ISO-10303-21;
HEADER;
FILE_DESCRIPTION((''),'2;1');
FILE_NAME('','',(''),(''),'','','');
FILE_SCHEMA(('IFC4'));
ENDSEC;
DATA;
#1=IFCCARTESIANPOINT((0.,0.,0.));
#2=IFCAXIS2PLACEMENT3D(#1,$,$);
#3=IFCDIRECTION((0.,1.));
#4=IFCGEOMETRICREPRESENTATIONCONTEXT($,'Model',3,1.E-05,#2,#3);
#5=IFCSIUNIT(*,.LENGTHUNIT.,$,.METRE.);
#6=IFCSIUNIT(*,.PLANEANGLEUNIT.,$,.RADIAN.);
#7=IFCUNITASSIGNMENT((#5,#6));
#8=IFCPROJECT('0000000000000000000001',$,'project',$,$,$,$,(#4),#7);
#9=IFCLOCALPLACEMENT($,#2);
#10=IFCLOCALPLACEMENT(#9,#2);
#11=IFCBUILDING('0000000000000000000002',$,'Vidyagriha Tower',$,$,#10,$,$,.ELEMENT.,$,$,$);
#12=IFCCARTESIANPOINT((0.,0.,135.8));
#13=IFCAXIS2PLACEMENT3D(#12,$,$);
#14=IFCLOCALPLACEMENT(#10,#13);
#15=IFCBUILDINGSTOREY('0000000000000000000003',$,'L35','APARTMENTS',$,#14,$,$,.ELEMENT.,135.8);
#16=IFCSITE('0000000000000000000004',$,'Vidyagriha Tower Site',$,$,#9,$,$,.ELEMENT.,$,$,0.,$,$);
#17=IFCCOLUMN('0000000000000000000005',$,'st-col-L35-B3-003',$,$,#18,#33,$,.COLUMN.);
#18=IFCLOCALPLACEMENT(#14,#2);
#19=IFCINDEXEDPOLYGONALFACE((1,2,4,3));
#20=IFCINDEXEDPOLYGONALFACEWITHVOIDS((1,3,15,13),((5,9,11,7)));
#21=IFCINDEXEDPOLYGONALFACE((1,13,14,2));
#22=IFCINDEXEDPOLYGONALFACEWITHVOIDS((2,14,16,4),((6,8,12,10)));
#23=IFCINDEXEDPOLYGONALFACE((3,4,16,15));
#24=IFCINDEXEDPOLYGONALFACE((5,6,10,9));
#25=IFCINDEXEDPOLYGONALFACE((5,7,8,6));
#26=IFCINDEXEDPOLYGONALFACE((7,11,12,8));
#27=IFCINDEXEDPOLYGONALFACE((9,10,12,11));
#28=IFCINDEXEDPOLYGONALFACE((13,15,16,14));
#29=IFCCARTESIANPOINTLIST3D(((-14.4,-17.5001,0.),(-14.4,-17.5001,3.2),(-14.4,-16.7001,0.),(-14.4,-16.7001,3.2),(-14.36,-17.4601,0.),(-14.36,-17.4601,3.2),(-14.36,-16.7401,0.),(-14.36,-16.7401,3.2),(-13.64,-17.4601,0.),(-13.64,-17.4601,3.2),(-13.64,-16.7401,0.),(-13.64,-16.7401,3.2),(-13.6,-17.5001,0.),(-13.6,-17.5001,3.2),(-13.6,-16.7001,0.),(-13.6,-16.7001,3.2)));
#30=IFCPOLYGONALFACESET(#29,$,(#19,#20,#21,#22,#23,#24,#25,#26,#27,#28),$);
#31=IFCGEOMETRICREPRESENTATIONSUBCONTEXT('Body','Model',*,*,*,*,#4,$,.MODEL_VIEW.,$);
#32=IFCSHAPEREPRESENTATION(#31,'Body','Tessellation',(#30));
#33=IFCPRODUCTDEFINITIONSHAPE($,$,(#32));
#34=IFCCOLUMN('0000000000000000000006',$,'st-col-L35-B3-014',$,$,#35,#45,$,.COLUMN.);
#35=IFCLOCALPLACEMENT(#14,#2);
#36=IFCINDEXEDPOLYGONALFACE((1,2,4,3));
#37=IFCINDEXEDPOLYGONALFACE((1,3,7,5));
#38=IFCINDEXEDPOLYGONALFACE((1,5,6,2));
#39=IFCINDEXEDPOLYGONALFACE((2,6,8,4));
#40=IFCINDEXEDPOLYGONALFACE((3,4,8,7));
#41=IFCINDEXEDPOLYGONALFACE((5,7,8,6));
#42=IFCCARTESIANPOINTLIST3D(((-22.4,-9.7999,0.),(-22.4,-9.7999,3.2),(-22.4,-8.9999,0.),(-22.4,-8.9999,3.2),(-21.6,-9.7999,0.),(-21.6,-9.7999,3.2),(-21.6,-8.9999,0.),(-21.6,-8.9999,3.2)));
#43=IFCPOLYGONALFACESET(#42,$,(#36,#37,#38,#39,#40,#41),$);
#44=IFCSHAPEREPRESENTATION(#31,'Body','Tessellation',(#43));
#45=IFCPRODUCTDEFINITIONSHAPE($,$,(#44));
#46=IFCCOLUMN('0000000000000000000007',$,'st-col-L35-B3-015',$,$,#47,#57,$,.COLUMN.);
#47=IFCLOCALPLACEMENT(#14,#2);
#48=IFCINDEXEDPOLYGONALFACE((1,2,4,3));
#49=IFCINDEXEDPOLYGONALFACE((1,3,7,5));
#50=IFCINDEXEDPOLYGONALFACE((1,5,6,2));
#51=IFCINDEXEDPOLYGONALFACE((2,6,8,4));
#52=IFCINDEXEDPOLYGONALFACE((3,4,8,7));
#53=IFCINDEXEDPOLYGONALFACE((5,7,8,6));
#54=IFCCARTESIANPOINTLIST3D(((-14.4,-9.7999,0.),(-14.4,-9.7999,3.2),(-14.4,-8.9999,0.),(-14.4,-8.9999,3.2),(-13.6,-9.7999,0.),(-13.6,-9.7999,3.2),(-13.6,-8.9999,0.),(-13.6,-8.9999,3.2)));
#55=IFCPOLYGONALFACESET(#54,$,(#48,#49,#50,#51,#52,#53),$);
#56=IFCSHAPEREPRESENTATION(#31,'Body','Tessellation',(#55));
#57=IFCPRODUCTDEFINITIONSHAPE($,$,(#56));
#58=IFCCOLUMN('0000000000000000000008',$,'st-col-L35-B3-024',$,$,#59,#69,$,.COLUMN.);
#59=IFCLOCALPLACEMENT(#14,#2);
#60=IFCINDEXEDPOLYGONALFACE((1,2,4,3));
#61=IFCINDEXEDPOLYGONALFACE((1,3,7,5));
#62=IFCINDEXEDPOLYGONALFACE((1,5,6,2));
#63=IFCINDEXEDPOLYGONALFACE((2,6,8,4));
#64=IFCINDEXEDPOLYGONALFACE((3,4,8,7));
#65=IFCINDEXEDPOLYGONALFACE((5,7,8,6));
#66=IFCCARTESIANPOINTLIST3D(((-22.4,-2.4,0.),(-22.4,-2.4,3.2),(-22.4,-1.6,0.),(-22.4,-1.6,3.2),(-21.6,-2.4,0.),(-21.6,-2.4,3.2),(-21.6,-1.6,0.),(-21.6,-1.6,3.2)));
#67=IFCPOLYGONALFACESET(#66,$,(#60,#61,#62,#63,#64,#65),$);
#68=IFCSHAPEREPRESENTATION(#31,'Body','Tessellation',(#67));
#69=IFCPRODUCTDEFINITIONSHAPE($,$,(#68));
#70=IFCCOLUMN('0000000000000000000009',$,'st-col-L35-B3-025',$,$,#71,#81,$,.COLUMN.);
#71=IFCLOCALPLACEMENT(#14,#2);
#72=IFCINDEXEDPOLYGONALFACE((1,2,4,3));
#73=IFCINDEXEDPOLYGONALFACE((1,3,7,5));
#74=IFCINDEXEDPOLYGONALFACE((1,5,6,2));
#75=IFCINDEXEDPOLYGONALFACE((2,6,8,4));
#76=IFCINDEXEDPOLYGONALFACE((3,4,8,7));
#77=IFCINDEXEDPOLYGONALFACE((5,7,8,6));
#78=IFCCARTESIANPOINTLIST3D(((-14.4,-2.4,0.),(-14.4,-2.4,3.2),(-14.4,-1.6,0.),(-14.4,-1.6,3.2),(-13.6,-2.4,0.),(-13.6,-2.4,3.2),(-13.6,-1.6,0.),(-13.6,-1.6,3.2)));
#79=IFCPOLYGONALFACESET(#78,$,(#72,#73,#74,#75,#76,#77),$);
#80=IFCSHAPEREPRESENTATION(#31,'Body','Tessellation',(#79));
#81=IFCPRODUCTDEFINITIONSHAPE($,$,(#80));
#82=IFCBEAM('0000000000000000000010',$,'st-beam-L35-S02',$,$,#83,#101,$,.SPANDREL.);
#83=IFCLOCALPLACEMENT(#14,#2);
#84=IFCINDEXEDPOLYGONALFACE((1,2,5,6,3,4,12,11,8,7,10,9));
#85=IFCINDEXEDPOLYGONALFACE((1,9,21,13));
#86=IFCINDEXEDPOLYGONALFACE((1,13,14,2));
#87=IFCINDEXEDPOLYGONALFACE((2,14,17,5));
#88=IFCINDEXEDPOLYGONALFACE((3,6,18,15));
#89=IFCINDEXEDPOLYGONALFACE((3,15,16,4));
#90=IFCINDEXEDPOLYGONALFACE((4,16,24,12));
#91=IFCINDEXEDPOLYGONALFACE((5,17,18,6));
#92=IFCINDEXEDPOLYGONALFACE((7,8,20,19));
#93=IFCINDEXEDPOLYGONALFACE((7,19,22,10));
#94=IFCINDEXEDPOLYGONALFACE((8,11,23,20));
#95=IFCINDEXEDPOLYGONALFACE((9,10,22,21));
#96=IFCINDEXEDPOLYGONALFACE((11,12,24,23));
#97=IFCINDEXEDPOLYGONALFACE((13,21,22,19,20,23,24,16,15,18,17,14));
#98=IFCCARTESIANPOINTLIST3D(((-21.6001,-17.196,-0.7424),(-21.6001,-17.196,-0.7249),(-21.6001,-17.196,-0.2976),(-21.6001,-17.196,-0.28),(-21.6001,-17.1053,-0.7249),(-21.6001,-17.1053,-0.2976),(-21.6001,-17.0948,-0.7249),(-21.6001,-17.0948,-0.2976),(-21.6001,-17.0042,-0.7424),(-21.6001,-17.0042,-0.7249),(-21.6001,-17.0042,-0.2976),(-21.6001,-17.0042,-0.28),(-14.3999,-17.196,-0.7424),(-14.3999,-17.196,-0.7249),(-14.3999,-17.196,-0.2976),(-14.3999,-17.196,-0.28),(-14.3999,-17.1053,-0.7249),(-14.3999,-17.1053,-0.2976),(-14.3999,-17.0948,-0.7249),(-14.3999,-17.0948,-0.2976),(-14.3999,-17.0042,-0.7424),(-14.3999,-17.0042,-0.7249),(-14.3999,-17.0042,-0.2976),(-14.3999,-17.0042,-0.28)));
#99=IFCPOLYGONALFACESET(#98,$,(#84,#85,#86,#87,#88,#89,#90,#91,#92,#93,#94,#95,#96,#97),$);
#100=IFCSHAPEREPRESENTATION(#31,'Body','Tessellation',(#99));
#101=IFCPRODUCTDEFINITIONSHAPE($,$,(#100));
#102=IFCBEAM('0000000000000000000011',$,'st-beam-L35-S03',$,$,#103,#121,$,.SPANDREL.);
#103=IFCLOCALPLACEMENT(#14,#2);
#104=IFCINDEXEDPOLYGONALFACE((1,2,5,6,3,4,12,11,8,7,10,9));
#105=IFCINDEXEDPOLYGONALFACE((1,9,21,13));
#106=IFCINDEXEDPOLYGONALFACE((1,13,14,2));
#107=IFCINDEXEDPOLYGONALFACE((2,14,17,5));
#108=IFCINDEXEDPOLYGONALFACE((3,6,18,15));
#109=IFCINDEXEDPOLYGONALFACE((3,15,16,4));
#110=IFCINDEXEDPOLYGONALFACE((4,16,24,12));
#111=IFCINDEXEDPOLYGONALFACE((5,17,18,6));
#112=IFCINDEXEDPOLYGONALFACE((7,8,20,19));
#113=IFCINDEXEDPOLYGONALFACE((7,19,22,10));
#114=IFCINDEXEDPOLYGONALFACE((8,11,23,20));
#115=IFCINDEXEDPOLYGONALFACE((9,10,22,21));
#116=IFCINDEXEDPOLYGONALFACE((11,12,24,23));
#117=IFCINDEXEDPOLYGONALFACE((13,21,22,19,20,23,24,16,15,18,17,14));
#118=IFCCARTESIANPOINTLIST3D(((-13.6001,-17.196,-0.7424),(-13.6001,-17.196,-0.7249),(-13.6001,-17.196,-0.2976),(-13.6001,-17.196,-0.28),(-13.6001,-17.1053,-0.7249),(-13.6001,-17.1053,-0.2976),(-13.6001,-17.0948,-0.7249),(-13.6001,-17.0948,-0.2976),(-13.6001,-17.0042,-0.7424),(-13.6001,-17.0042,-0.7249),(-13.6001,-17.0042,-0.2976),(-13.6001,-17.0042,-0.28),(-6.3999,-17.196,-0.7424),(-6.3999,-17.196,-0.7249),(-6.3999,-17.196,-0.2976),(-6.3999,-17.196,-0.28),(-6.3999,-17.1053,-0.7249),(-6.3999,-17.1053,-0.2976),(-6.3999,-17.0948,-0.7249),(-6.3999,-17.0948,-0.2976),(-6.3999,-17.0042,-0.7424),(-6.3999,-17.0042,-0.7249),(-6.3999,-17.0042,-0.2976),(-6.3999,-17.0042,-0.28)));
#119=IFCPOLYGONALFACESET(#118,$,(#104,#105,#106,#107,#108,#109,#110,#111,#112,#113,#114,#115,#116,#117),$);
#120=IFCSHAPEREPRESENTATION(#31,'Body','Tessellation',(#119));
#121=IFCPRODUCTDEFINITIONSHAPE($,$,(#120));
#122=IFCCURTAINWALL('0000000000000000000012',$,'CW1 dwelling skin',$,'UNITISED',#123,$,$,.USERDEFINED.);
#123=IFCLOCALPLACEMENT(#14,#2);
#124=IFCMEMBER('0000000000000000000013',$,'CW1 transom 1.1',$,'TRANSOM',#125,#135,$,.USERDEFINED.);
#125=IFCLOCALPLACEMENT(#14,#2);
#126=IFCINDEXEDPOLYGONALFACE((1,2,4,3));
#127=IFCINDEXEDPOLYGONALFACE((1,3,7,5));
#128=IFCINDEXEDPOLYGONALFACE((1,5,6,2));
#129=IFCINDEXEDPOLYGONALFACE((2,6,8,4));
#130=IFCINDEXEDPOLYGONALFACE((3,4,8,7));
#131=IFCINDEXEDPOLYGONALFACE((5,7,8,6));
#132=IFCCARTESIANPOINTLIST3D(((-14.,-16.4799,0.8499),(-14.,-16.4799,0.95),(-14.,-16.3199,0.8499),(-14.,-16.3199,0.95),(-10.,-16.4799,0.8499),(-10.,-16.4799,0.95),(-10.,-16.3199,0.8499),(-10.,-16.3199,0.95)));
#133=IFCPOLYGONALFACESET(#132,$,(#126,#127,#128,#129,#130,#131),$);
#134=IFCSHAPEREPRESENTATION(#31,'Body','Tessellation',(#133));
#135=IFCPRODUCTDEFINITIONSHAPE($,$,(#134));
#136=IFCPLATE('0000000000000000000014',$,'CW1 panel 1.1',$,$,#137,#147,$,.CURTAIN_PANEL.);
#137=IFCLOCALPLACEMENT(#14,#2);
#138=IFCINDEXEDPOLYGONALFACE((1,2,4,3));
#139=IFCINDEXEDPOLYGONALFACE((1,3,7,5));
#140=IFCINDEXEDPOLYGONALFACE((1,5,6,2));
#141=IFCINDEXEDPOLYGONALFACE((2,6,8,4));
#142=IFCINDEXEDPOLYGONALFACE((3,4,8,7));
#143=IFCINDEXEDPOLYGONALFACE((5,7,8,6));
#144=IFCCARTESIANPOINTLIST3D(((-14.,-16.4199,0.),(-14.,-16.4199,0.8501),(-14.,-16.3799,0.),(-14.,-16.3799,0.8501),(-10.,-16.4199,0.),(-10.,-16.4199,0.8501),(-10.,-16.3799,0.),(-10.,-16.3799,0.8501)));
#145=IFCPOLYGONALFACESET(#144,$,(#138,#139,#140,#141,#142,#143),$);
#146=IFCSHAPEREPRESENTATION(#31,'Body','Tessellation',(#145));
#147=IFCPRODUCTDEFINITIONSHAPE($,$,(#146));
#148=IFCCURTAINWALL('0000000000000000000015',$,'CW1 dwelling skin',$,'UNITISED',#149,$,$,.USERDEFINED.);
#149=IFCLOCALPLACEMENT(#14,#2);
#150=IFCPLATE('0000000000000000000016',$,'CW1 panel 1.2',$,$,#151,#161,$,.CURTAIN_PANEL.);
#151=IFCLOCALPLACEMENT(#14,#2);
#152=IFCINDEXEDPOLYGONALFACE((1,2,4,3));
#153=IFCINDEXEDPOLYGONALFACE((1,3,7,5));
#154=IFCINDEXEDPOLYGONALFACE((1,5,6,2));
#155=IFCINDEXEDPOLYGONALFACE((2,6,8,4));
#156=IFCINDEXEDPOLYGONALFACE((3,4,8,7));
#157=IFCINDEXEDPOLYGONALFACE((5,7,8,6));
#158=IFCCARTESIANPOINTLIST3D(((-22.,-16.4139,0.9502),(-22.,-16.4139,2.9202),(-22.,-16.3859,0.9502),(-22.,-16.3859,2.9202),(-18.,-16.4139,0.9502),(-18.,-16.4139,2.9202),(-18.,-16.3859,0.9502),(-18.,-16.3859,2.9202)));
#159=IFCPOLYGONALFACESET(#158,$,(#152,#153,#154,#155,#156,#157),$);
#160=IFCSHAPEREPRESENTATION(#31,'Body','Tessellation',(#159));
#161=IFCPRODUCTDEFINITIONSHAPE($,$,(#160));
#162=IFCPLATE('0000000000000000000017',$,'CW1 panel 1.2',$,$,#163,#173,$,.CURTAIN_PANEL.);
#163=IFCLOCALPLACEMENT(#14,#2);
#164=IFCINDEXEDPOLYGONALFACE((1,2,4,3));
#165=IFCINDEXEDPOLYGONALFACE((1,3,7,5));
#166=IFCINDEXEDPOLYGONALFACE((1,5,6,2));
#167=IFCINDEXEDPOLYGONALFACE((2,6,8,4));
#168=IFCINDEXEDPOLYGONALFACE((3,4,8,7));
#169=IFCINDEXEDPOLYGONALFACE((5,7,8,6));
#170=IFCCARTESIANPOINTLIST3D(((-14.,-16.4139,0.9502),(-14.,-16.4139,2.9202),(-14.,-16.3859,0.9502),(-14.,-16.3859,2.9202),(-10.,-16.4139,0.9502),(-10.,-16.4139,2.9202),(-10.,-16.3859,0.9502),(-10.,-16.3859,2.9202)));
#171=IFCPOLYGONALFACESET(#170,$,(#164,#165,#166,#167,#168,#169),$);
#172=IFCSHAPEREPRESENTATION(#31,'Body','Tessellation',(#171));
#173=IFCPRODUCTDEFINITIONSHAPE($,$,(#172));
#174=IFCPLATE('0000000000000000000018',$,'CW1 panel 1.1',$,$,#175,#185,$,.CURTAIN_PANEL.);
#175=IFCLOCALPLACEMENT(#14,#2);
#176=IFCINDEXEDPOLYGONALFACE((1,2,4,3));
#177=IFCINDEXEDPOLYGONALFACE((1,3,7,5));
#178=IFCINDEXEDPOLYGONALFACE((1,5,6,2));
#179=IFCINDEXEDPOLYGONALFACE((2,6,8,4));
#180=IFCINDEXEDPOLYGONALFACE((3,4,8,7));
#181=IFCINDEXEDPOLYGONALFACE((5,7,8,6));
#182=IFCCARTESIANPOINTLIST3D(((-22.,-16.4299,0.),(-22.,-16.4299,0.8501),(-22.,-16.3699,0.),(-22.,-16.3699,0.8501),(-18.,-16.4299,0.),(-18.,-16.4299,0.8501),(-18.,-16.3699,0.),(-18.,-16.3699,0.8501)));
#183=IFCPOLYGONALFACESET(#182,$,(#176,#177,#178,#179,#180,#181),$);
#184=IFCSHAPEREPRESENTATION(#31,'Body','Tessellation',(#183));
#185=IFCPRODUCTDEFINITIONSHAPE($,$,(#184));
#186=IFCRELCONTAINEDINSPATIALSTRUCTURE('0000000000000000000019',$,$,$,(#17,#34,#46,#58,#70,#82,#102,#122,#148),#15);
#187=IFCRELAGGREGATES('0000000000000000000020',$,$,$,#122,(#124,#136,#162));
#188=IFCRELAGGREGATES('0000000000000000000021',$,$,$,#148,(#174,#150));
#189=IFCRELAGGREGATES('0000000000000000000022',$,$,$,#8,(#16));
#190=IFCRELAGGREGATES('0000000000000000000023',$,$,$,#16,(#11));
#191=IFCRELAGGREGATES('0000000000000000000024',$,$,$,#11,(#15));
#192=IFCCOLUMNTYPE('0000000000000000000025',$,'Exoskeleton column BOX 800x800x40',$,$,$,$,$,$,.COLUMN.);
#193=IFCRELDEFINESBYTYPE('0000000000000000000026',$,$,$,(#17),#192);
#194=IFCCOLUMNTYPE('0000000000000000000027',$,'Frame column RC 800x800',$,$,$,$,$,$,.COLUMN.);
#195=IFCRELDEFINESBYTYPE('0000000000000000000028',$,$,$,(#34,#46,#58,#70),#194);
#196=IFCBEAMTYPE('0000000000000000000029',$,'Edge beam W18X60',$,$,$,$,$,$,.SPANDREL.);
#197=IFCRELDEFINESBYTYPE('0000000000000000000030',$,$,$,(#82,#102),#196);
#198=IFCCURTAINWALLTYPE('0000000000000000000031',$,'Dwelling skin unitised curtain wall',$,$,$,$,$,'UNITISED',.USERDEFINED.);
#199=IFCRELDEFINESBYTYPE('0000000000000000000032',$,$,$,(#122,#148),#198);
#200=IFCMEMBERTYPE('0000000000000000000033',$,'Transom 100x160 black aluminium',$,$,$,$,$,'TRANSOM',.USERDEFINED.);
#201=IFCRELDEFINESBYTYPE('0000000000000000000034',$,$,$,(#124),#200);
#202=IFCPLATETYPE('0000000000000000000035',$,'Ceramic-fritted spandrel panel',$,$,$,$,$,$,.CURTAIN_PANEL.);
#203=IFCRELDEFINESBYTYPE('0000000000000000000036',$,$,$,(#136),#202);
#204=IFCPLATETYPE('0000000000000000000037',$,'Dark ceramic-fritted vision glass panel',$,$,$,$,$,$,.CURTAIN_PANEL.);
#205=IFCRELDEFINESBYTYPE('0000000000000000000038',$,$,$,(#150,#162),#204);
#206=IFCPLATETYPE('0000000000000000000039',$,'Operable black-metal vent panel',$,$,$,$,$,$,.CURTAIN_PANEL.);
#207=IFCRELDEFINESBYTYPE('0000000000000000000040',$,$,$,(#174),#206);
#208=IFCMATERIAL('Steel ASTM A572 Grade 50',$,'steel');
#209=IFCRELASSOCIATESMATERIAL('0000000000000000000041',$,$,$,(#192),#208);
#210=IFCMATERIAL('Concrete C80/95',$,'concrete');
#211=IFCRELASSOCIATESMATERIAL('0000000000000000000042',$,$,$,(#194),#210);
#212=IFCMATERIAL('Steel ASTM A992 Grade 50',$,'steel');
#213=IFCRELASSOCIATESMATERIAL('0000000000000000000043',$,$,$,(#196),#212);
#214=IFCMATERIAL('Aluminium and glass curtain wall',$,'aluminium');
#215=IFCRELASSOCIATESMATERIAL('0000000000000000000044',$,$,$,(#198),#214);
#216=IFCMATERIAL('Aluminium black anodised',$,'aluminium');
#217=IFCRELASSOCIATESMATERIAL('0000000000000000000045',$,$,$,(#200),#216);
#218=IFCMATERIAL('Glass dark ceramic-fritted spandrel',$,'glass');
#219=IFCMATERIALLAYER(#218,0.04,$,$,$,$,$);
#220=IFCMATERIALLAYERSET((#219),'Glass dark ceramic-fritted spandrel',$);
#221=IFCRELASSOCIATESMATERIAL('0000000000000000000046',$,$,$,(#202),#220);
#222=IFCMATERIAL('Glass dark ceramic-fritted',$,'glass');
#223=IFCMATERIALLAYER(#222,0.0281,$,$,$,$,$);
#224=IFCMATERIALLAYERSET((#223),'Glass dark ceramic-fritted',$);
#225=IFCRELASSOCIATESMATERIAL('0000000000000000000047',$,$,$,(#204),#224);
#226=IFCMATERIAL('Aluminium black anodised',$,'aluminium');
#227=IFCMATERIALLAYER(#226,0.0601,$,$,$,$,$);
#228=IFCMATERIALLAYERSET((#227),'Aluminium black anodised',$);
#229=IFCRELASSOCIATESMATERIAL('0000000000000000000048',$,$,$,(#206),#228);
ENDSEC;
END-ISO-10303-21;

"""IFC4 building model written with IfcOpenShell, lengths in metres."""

from ifc_helpers import new_model, si_unit, direction, frame, origin, origin_2d, place, context, subcontext, project, spatial, rectangle, hollow_rectangle, i_section, extrude, material, layer, layer_set, material_profile, profile_set, type_object, element, aggregate, save


model = new_model("IFC4")

# Units and contexts
model_context = context("Model", 3, precision=1e-05, world=origin(), true_north=direction((0.0, 1.0)))
body_context = subcontext(model_context, "Body", "Model", "MODEL_VIEW")
ifc_project = project(units=[si_unit("LENGTHUNIT", "METRE"), si_unit("PLANEANGLEUNIT", "RADIAN")], contexts=[model_context])

# Site, building, storey
site_placement = place(None, origin())
site = spatial("IfcSite", under=ifc_project, at=site_placement, Name="Vidyagriha Tower Site", CompositionType="ELEMENT", RefElevation=0.0)
building_placement = place(site_placement, origin())
building = spatial("IfcBuilding", under=site, at=building_placement, Name="Vidyagriha Tower", CompositionType="ELEMENT")
storey_placement = place(building_placement, frame((0.0, 0.0, 135.8)))
storey = spatial("IfcBuildingStorey", under=building, at=storey_placement, Name="L35", Description="APARTMENTS", CompositionType="ELEMENT", Elevation=135.8)

# Columns
ifc_material_1 = material(Name="Steel ASTM A572 Grade 50", Category="steel")
ifc_material_profile_1 = material_profile(ifc_material_1, hollow_rectangle(XDim=0.8, YDim=0.8, WallThickness=0.04, at=origin_2d()), Name="BOX 800x800x40")
ifc_profile_set_1 = profile_set([ifc_material_profile_1], Name="Steel ASTM A572 Grade 50")
column_type_1 = type_object("IfcColumnType", Name="Exoskeleton column BOX 800x800x40", PredefinedType="COLUMN", material=ifc_profile_set_1)
column_placement = place(storey_placement, frame((-14.0, -17.1001, 0.0)))
element("IfcColumn", 1, at=column_placement, inside=storey, type_object=column_type_1, Name="st-col-L35-B3-003", PredefinedType="COLUMN", context=body_context, shape_type="SweptSolid", body=[
    extrude(hollow_rectangle(XDim=0.8, YDim=0.8, WallThickness=0.04, at=origin_2d()), origin(), (0.0, 0.0, 1.0), 3.2),
])
ifc_material_2 = material(Name="Concrete C80/95", Category="concrete")
ifc_material_profile_2 = material_profile(ifc_material_2, rectangle(XDim=0.8, YDim=0.8, at=origin_2d()), Name="RC 800x800")
ifc_profile_set_2 = profile_set([ifc_material_profile_2], Name="Concrete C80/95")
column_type_2 = type_object("IfcColumnType", Name="Frame column RC 800x800", PredefinedType="COLUMN", material=ifc_profile_set_2)
for number, where, name in (
    (2, (-22.0, -9.3999, 0.0), "st-col-L35-B3-014"),
    (3, (-14.0, -9.3999, 0.0), "st-col-L35-B3-015"),
    (4, (-22.0, -2.0, 0.0), "st-col-L35-B3-024"),
    (5, (-14.0, -2.0, 0.0), "st-col-L35-B3-025"),
):
    element("IfcColumn", number, at=place(storey_placement, frame(where)), inside=storey, type_object=column_type_2, Name=name, PredefinedType="COLUMN", context=body_context, shape_type="SweptSolid", body=[
        extrude(rectangle(XDim=0.8, YDim=0.8, at=origin_2d()), origin(), (0.0, 0.0, 1.0), 3.2),
    ])

# Beams
ifc_material_3 = material(Name="Steel ASTM A992 Grade 50", Category="steel")
ifc_material_profile_3 = material_profile(ifc_material_3, i_section(OverallWidth=0.1919, OverallDepth=0.4624, WebThickness=0.0105, FlangeThickness=0.0176, at=origin_2d()), Name="W18X60")
ifc_profile_set_3 = profile_set([ifc_material_profile_3], Name="Steel ASTM A992 Grade 50")
beam_type = type_object("IfcBeamType", Name="Edge beam W18X60", PredefinedType="SPANDREL", material=ifc_profile_set_3)
for number, where, z_axis, x_axis, name in (
    (6, (-21.6001, -17.1001, -0.5112), (1.0, 0.0, 0.0), (0.0, 1.0, 0.0), "st-beam-L35-S02"),
    (7, (-13.6001, -17.1001, -0.5112), (1.0, 0.0, 0.0), (0.0, 1.0, 0.0), "st-beam-L35-S03"),
):
    element("IfcBeam", number, at=place(storey_placement, frame(where, z_axis=z_axis, x_axis=x_axis)), inside=storey, type_object=beam_type, Name=name, PredefinedType="SPANDREL", context=body_context, shape_type="SweptSolid", body=[
        extrude(i_section(OverallWidth=0.1919, OverallDepth=0.4624, WebThickness=0.0105, FlangeThickness=0.0176, at=origin_2d()), origin(), (0.0, 0.0, 1.0), 7.2002),
    ])

# Curtain wall, member, plate
ifc_material_4 = material(Name="Aluminium and glass curtain wall", Category="aluminium")
curtain_wall_type = type_object("IfcCurtainWallType", Name="Dwelling skin unitised curtain wall", ElementType="UNITISED", PredefinedType="USERDEFINED", material=ifc_material_4)
curtain_wall_1_placement = place(storey_placement, origin())
curtain_wall_1 = element("IfcCurtainWall", 8, at=curtain_wall_1_placement, inside=storey, type_object=curtain_wall_type, Name="CW1 dwelling skin", ObjectType="UNITISED", PredefinedType="USERDEFINED")
ifc_material_5 = material(Name="Aluminium black anodised", Category="aluminium")
ifc_material_profile_4 = material_profile(ifc_material_5, rectangle(XDim=0.1599, YDim=0.1001, at=origin_2d()), Name="Transom 100x160 black aluminium")
ifc_profile_set_4 = profile_set([ifc_material_profile_4], Name="Aluminium black anodised")
member_type = type_object("IfcMemberType", Name="Transom 100x160 black aluminium", ElementType="TRANSOM", PredefinedType="USERDEFINED", material=ifc_profile_set_4)
member_placement = place(storey_placement, frame((-14.0, -16.3999, 0.8999), z_axis=(1.0, 0.0, 0.0), x_axis=(0.0, 1.0, 0.0)))
member = element("IfcMember", 9, at=member_placement, type_object=member_type, Name="CW1 transom 1.1", ObjectType="TRANSOM", PredefinedType="USERDEFINED", context=body_context, shape_type="SweptSolid", body=[
    extrude(rectangle(XDim=0.1599, YDim=0.1001, at=origin_2d()), origin(), (0.0, 0.0, 1.0), 4.0),
])
ifc_material_6 = material(Name="Glass dark ceramic-fritted spandrel", Category="glass")
ifc_layer_1 = layer(ifc_material_6, 0.04)
ifc_layer_set_1 = layer_set([ifc_layer_1], Name="Glass dark ceramic-fritted spandrel")
plate_type_1 = type_object("IfcPlateType", Name="Ceramic-fritted spandrel panel", PredefinedType="CURTAIN_PANEL", material=ifc_layer_set_1)
plate_1_placement = place(storey_placement, frame((-12.0, -16.3999, 0.0)))
plate_1 = element("IfcPlate", 10, at=plate_1_placement, type_object=plate_type_1, Name="CW1 panel 1.1", PredefinedType="CURTAIN_PANEL", context=body_context, shape_type="SweptSolid", body=[
    extrude(rectangle(XDim=4.0, YDim=0.04, at=origin_2d()), origin(), (0.0, 0.0, 1.0), 0.8501),
])

# Curtain wall, plate
curtain_wall_2_placement = place(storey_placement, origin())
curtain_wall_2 = element("IfcCurtainWall", 11, at=curtain_wall_2_placement, inside=storey, type_object=curtain_wall_type, Name="CW1 dwelling skin", ObjectType="UNITISED", PredefinedType="USERDEFINED")
ifc_material_7 = material(Name="Glass dark ceramic-fritted", Category="glass")
ifc_layer_2 = layer(ifc_material_7, 0.0281)
ifc_layer_set_2 = layer_set([ifc_layer_2], Name="Glass dark ceramic-fritted")
plate_type_2 = type_object("IfcPlateType", Name="Dark ceramic-fritted vision glass panel", PredefinedType="CURTAIN_PANEL", material=ifc_layer_set_2)
plate_2_placement = place(storey_placement, frame((-20.0, -16.3999, 0.9502)))
plate_2 = element("IfcPlate", 12, at=plate_2_placement, type_object=plate_type_2, Name="CW1 panel 1.2", PredefinedType="CURTAIN_PANEL", context=body_context, shape_type="SweptSolid", body=[
    extrude(rectangle(XDim=4.0, YDim=0.0281, at=origin_2d()), origin(), (0.0, 0.0, 1.0), 1.97),
])

# Plates
plate_3_placement = place(storey_placement, frame((-12.0, -16.3999, 0.9502)))
plate_3 = element("IfcPlate", 13, at=plate_3_placement, type_object=plate_type_2, Name="CW1 panel 1.2", PredefinedType="CURTAIN_PANEL", context=body_context, shape_type="SweptSolid", body=[
    extrude(rectangle(XDim=4.0, YDim=0.0281, at=origin_2d()), origin(), (0.0, 0.0, 1.0), 1.97),
])
aggregate(curtain_wall_1, [member, plate_1, plate_3])
ifc_material_8 = material(Name="Aluminium black anodised", Category="aluminium")
ifc_layer_3 = layer(ifc_material_8, 0.0601)
ifc_layer_set_3 = layer_set([ifc_layer_3], Name="Aluminium black anodised")
plate_type_3 = type_object("IfcPlateType", Name="Operable black-metal vent panel", PredefinedType="CURTAIN_PANEL", material=ifc_layer_set_3)
plate_4_placement = place(storey_placement, frame((-20.0, -16.3999, 0.0)))
plate_4 = element("IfcPlate", 14, at=plate_4_placement, type_object=plate_type_3, Name="CW1 panel 1.1", PredefinedType="CURTAIN_PANEL", context=body_context, shape_type="SweptSolid", body=[
    extrude(rectangle(XDim=4.0, YDim=0.0601, at=origin_2d()), origin(), (0.0, 0.0, 1.0), 0.8501),
])
aggregate(curtain_wall_2, [plate_4, plate_2])

save(model, "model.ifc")
